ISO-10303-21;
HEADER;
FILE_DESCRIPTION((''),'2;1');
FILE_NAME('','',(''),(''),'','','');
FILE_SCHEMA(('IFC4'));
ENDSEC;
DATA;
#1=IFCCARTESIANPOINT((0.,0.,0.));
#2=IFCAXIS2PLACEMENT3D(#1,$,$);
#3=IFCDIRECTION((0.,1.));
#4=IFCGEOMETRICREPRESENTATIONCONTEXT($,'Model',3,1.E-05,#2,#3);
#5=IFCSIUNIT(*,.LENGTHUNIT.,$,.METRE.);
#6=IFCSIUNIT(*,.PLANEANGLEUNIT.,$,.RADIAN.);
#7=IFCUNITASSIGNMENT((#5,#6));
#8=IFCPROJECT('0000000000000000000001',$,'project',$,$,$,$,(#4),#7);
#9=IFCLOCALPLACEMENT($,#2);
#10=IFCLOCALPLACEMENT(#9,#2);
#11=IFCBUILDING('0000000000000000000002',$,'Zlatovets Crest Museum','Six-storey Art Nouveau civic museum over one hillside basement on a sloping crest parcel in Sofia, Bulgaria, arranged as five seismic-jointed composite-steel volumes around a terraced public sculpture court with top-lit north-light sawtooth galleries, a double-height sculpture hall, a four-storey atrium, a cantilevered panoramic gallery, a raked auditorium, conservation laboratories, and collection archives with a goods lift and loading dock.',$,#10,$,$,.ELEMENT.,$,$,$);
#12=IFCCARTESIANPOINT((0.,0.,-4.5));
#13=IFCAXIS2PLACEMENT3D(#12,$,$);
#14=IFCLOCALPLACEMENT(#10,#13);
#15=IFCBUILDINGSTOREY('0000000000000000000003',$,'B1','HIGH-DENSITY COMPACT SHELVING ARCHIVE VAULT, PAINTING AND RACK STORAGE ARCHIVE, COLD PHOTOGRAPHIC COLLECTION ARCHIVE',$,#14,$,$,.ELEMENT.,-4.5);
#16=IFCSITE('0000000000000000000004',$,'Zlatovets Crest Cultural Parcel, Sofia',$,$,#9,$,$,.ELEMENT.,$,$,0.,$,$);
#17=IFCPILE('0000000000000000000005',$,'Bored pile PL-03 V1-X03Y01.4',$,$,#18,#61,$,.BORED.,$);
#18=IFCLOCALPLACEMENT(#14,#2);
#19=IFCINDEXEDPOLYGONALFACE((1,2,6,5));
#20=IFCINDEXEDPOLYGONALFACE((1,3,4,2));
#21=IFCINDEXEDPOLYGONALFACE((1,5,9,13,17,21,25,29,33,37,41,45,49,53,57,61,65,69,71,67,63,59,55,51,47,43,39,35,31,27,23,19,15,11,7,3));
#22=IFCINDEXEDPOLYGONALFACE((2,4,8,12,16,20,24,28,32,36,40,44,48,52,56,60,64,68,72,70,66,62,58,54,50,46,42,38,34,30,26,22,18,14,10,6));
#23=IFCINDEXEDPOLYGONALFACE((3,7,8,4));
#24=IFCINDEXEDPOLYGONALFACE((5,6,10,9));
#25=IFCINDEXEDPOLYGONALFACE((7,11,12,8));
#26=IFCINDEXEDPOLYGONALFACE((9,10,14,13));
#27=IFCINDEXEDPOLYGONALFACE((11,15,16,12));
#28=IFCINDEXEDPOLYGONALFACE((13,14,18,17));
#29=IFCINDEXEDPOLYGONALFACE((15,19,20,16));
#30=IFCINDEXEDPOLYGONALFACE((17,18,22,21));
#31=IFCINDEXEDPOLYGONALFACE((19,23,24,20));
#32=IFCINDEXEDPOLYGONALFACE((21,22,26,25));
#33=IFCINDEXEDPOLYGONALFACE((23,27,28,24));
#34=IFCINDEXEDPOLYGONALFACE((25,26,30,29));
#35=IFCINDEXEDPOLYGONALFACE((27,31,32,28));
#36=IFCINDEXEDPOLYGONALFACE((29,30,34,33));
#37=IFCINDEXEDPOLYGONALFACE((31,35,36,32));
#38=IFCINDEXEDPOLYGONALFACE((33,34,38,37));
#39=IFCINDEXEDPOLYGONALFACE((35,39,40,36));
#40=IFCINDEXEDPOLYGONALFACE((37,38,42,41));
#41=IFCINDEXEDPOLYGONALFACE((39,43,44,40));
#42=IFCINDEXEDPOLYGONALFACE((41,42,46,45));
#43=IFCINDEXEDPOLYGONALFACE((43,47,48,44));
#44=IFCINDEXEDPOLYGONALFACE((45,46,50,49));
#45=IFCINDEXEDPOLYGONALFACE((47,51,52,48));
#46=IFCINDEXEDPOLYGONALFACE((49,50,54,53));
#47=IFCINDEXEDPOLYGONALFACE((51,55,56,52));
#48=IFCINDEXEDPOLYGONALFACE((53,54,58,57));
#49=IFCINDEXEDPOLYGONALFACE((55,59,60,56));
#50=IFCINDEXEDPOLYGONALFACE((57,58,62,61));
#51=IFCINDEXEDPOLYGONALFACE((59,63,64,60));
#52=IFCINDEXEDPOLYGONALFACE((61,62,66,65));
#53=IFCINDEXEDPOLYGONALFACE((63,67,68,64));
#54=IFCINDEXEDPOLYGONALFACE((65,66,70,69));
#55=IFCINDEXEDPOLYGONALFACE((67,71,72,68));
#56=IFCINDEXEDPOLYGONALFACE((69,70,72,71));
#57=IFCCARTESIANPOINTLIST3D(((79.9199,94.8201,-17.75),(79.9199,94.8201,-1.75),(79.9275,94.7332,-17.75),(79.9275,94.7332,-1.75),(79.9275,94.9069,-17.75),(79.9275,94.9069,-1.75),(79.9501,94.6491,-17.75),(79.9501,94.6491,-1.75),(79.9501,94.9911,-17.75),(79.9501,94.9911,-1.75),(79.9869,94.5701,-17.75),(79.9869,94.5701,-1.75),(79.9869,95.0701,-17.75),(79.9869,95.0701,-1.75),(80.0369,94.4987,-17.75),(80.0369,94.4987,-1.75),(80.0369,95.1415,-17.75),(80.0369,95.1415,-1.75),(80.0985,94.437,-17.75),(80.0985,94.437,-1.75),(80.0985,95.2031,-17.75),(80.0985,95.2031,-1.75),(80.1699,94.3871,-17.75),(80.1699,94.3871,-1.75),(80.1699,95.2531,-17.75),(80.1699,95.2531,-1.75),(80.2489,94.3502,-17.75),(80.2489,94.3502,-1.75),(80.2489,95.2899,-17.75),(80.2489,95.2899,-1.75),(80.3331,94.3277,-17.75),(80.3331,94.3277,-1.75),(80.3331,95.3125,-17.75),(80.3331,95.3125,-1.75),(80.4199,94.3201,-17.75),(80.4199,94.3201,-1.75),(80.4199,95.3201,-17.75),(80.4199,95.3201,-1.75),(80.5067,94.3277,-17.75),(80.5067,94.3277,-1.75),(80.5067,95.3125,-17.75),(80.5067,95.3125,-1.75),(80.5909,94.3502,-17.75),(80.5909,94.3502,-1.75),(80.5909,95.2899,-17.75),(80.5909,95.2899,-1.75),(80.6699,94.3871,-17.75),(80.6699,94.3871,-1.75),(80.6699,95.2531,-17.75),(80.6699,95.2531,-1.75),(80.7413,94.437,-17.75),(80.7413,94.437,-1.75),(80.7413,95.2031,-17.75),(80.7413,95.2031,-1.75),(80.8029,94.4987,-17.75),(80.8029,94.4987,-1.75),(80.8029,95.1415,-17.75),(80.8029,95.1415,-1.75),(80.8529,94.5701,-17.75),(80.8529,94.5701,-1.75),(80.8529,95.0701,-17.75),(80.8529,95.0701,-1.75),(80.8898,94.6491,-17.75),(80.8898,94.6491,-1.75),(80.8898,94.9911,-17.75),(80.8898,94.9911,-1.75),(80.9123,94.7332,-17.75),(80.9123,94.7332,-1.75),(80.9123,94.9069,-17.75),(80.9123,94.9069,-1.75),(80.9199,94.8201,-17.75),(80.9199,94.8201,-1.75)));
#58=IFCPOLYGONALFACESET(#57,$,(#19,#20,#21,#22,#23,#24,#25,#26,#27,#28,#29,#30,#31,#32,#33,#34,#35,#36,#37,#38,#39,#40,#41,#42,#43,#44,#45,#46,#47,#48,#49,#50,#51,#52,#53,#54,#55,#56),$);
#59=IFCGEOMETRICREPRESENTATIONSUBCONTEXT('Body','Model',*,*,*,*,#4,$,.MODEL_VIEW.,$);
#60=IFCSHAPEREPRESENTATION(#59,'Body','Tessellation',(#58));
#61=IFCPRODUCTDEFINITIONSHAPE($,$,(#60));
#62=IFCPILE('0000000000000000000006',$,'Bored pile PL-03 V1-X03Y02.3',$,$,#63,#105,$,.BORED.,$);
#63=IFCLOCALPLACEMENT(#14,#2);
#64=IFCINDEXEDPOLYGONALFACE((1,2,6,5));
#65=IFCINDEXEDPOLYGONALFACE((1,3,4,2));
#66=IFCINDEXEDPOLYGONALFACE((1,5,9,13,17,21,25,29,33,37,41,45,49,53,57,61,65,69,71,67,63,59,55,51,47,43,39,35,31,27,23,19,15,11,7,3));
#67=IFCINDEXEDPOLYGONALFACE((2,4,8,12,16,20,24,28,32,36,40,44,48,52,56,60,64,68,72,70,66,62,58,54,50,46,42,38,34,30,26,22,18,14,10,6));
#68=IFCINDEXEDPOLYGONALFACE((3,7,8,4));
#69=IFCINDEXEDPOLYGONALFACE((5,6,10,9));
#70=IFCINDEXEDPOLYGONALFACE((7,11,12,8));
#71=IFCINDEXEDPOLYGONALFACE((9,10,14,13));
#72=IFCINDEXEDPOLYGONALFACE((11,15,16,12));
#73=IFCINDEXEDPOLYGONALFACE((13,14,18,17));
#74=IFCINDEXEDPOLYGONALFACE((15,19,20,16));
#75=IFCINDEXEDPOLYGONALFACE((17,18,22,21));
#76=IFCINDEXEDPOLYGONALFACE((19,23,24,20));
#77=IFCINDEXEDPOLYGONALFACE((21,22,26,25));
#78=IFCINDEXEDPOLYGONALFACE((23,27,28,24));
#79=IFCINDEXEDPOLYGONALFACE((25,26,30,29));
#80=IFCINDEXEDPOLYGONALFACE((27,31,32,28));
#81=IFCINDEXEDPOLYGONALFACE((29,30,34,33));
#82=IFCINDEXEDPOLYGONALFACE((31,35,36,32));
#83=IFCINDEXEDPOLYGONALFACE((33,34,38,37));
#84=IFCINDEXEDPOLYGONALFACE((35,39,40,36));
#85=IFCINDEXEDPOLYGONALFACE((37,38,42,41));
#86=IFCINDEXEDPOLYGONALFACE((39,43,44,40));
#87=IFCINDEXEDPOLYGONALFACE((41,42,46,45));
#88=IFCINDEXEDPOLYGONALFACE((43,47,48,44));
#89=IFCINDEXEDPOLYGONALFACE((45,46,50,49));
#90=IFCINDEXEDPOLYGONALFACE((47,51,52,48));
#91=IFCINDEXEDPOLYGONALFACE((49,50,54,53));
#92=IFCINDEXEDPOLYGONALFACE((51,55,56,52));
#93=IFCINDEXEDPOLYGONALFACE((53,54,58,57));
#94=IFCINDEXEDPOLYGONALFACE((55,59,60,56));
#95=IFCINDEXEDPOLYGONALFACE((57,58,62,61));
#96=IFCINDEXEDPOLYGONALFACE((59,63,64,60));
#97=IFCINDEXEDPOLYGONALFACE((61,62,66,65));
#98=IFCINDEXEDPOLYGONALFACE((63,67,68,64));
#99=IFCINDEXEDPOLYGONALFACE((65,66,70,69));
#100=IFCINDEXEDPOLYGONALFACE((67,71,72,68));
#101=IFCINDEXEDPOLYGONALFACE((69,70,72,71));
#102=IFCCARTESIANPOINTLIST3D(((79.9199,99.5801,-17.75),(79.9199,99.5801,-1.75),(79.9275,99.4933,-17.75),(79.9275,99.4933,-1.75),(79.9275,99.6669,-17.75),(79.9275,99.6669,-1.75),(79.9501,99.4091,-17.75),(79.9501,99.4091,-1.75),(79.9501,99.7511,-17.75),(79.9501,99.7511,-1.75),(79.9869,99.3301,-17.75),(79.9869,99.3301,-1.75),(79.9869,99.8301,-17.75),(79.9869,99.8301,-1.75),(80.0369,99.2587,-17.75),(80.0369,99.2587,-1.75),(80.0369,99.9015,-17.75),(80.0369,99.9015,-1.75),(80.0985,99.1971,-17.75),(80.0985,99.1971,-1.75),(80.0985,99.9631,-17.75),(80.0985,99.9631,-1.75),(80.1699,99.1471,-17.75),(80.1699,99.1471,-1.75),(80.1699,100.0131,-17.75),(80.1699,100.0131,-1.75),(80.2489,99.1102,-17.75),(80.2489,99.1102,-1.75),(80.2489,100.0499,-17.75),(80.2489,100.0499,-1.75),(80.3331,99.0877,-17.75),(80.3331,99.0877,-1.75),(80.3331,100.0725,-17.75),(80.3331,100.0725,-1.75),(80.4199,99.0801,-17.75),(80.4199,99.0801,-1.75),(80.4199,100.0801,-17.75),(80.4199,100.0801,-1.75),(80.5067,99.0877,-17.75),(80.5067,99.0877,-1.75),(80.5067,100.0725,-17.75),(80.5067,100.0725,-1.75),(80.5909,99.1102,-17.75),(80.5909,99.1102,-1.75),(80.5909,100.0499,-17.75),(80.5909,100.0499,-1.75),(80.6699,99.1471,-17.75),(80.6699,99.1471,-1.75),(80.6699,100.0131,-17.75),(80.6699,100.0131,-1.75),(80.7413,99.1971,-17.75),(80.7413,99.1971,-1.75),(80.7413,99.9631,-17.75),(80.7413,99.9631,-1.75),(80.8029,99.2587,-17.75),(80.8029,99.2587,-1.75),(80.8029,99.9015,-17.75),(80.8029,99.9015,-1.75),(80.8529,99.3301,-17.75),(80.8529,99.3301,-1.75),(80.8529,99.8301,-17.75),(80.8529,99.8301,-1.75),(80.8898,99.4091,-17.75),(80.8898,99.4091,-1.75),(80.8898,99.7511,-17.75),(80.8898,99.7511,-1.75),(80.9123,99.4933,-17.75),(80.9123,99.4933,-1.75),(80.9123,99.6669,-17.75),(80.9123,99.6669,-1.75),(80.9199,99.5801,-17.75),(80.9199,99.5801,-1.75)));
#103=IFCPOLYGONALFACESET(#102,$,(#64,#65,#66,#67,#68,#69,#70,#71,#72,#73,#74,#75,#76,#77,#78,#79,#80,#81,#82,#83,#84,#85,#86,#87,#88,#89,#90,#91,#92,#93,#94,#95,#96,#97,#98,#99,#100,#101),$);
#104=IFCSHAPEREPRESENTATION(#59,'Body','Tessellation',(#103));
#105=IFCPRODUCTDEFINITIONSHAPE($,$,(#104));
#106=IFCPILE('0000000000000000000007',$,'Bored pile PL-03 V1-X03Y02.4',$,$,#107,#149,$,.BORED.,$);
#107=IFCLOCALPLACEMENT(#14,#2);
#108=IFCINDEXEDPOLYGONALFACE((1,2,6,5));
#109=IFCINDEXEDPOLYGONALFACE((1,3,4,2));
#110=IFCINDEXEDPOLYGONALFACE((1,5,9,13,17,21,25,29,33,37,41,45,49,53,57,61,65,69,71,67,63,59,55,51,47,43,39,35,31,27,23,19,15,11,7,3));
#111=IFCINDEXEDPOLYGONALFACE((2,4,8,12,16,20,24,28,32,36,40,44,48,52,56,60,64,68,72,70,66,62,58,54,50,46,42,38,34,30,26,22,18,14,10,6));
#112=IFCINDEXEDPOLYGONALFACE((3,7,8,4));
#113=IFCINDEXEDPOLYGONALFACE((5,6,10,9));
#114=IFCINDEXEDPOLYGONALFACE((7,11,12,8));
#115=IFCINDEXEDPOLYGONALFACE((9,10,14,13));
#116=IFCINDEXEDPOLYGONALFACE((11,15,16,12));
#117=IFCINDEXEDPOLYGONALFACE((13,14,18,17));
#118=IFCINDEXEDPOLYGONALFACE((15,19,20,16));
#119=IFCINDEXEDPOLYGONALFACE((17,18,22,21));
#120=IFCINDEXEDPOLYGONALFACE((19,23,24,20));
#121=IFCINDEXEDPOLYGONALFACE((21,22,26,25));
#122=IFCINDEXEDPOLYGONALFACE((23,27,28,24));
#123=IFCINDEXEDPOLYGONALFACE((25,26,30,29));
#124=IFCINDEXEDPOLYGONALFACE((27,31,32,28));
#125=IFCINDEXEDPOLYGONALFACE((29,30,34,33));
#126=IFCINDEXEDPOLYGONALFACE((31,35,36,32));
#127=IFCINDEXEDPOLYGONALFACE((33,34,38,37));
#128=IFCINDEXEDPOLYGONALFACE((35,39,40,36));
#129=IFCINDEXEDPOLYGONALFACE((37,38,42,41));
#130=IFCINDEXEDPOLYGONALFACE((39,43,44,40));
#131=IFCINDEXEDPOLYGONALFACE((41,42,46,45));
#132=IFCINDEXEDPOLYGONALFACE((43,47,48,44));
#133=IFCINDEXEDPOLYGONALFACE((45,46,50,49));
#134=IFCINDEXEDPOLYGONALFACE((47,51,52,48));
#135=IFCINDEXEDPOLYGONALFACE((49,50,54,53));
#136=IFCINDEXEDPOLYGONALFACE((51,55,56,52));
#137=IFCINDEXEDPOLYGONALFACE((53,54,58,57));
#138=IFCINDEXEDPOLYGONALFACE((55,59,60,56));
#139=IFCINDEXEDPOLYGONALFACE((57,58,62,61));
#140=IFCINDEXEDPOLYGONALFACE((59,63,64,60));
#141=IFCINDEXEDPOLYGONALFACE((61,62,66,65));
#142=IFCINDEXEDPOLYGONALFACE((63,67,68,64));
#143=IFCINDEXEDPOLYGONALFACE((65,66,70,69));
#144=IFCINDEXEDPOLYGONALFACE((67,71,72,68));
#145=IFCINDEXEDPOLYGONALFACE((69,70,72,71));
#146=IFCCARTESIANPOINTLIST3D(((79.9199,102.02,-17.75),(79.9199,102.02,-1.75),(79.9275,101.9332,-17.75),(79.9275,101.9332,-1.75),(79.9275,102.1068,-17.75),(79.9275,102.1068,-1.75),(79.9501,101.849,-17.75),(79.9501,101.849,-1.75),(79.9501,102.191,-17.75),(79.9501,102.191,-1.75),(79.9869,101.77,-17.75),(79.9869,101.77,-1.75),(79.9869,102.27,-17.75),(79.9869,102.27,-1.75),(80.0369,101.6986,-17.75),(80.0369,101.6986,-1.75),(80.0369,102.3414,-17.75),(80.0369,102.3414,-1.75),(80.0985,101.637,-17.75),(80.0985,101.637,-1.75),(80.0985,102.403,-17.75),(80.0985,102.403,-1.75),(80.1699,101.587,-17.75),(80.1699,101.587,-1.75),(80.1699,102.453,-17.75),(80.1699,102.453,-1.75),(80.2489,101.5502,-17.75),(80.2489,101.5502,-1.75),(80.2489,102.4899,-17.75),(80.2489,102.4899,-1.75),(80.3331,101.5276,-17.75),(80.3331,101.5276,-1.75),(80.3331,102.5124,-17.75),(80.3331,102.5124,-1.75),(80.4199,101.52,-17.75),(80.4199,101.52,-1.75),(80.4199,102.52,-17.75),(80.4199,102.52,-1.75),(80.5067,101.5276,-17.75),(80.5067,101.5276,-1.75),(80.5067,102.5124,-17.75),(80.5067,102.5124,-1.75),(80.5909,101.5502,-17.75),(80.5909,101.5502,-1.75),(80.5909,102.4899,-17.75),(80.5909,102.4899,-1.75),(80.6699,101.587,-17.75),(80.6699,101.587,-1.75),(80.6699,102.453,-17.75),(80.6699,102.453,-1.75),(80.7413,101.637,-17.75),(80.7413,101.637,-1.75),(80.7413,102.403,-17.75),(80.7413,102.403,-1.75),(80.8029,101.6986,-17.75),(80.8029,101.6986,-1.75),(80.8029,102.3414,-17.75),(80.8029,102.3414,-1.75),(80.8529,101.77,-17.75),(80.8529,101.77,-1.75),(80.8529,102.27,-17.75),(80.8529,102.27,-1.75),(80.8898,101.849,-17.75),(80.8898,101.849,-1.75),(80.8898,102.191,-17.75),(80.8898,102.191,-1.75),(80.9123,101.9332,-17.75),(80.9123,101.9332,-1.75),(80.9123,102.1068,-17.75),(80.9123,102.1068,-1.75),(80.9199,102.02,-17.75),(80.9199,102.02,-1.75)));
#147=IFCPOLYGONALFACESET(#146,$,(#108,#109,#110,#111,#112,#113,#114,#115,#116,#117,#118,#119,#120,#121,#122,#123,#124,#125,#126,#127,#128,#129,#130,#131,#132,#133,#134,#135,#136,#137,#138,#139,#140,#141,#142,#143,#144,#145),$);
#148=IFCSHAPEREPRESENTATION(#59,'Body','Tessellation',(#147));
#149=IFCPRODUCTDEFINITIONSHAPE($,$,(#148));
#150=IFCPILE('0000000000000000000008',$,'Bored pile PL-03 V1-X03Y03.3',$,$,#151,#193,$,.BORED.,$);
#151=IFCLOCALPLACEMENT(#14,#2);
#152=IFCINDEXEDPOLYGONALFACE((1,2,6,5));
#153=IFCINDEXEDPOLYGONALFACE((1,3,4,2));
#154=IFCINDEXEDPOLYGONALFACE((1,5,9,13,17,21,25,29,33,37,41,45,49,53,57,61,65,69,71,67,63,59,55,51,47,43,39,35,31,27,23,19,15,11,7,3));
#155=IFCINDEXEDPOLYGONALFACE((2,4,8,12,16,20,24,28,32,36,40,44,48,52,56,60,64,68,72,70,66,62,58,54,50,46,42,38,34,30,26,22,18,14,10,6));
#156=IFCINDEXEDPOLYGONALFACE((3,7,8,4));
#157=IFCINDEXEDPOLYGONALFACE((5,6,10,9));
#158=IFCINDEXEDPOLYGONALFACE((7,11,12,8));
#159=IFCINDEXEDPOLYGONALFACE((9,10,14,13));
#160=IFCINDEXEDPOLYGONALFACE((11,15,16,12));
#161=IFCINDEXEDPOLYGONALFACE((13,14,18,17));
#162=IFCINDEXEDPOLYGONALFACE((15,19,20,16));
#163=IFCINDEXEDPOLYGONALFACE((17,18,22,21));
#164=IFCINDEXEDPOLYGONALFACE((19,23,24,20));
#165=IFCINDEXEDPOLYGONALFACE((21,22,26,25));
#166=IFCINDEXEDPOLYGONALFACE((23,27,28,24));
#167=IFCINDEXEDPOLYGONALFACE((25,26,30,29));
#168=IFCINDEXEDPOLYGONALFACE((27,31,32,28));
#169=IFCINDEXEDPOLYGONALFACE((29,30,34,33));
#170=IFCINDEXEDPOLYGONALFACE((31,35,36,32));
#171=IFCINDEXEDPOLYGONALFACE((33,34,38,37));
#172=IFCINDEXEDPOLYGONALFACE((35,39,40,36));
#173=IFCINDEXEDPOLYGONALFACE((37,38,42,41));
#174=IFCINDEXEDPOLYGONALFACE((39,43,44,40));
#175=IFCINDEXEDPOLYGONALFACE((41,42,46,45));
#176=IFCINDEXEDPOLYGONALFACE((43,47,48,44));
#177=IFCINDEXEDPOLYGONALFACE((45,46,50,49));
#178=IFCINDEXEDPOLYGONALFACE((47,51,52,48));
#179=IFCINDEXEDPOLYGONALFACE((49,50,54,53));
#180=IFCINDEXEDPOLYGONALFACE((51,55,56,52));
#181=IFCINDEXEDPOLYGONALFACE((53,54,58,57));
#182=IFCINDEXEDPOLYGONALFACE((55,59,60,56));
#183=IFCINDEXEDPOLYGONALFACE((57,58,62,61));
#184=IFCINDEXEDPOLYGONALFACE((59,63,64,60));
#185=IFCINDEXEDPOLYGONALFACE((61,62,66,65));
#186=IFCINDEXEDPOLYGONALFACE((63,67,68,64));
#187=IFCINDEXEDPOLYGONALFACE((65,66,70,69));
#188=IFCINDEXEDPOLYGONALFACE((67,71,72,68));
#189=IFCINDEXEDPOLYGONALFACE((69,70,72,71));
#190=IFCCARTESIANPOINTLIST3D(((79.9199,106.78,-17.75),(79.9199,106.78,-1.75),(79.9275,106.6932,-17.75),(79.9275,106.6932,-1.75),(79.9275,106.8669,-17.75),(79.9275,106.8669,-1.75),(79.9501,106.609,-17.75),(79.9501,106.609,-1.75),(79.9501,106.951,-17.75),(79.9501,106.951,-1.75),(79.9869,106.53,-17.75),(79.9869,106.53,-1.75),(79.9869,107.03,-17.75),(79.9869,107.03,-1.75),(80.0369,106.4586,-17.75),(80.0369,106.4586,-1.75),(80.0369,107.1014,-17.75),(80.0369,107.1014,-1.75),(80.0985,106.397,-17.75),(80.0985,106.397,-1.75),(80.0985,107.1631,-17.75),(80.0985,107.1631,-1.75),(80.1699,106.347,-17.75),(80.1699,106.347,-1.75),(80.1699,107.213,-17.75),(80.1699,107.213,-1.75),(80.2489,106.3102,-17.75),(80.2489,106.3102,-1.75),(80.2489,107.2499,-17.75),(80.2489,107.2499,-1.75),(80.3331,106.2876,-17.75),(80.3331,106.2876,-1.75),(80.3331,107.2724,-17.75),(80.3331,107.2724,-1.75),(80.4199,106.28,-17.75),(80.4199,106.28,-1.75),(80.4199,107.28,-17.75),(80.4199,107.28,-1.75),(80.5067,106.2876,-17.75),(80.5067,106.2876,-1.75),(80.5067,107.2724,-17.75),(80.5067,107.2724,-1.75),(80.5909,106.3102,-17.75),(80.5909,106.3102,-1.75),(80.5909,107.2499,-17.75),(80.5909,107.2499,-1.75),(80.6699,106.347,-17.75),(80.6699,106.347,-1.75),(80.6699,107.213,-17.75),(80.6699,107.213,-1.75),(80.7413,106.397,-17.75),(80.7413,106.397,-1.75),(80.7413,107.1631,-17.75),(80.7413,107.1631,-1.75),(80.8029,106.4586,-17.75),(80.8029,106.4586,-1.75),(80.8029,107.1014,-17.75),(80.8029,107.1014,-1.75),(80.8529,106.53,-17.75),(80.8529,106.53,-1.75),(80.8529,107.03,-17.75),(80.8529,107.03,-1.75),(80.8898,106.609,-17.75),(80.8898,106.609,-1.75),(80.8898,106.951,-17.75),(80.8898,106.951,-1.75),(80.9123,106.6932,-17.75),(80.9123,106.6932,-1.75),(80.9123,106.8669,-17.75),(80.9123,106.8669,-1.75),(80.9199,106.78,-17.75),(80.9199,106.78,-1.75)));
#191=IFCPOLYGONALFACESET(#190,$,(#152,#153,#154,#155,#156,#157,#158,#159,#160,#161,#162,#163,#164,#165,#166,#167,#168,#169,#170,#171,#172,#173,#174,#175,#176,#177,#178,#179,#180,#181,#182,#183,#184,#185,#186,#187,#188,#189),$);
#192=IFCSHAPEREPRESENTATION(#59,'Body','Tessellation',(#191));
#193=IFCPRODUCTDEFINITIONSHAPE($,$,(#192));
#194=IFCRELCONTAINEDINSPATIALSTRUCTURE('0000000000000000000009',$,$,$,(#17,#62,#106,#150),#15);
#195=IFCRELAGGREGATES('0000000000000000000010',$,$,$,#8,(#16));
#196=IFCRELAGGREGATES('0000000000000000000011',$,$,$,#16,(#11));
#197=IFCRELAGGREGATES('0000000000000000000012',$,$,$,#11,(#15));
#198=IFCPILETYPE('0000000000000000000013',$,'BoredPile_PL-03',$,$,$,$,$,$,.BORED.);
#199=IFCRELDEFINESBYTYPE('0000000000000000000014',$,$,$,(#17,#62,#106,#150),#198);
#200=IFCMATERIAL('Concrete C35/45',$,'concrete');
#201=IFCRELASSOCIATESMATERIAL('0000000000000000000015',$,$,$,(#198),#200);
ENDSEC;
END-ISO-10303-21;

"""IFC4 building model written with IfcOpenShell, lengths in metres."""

from ifc_helpers import new_model, si_unit, direction, frame, origin, origin_2d, place, context, subcontext, project, spatial, circle, extrude, material, material_profile, profile_set, type_object, element, save


model = new_model("IFC4")

# Units and contexts
model_context = context("Model", 3, precision=1e-05, world=origin(), true_north=direction((0.0, 1.0)))
body_context = subcontext(model_context, "Body", "Model", "MODEL_VIEW")
ifc_project = project(units=[si_unit("LENGTHUNIT", "METRE"), si_unit("PLANEANGLEUNIT", "RADIAN")], contexts=[model_context])

# Site, building, storey
site_placement = place(None, origin())
site = spatial("IfcSite", under=ifc_project, at=site_placement, Name="Zlatovets Crest Cultural Parcel, Sofia", CompositionType="ELEMENT", RefElevation=0.0)
building_placement = place(site_placement, origin())
building = spatial("IfcBuilding", under=site, at=building_placement, Name="Zlatovets Crest Museum", Description="Six-storey Art Nouveau civic museum over one hillside basement on a sloping crest parcel in Sofia, Bulgaria, arranged as five seismic-jointed composite-steel volumes around a terraced public sculpture court with top-lit north-light sawtooth galleries, a double-height sculpture hall, a four-storey atrium, a cantilevered panoramic gallery, a raked auditorium, conservation laboratories, and collection archives with a goods lift and loading dock.", CompositionType="ELEMENT")
storey_placement = place(building_placement, frame((0.0, 0.0, -4.5)))
storey = spatial("IfcBuildingStorey", under=building, at=storey_placement, Name="B1", Description="HIGH-DENSITY COMPACT SHELVING ARCHIVE VAULT, PAINTING AND RACK STORAGE ARCHIVE, COLD PHOTOGRAPHIC COLLECTION ARCHIVE", CompositionType="ELEMENT", Elevation=-4.5)

# Piles
ifc_material_1 = material(Name="Concrete C35/45", Category="concrete")
ifc_material_profile_1 = material_profile(ifc_material_1, circle(Radius=0.5, at=origin_2d()), Name="PILE D1000")
ifc_profile_set_1 = profile_set([ifc_material_profile_1], Name="Concrete C35/45")
pile_type = type_object("IfcPileType", Name="BoredPile_PL-03", PredefinedType="BORED", material=ifc_profile_set_1)
for number, where, z_axis, x_axis, name in (
    (1, (80.4199, 94.8201, -1.75), (0.0, 0.0, -1.0), (1.0, 0.0, 0.0), "Bored pile PL-03 V1-X03Y01.4"),
    (2, (80.4199, 99.5801, -1.75), (0.0, 0.0, -1.0), (1.0, 0.0, 0.0), "Bored pile PL-03 V1-X03Y02.3"),
    (3, (80.4199, 102.02, -1.75), (0.0, 0.0, -1.0), (1.0, 0.0, 0.0), "Bored pile PL-03 V1-X03Y02.4"),
    (4, (80.4199, 106.78, -1.75), (0.0, 0.0, -1.0), (1.0, 0.0, 0.0), "Bored pile PL-03 V1-X03Y03.3"),
):
    element("IfcPile", number, at=place(storey_placement, frame(where, z_axis=z_axis, x_axis=x_axis)), inside=storey, type_object=pile_type, Name=name, PredefinedType="BORED", context=body_context, shape_type="SweptSolid", body=[
        extrude(circle(Radius=0.5, at=origin_2d()), origin(), (0.0, 0.0, 1.0), 16.0),
    ])

save(model, "model.ifc")
